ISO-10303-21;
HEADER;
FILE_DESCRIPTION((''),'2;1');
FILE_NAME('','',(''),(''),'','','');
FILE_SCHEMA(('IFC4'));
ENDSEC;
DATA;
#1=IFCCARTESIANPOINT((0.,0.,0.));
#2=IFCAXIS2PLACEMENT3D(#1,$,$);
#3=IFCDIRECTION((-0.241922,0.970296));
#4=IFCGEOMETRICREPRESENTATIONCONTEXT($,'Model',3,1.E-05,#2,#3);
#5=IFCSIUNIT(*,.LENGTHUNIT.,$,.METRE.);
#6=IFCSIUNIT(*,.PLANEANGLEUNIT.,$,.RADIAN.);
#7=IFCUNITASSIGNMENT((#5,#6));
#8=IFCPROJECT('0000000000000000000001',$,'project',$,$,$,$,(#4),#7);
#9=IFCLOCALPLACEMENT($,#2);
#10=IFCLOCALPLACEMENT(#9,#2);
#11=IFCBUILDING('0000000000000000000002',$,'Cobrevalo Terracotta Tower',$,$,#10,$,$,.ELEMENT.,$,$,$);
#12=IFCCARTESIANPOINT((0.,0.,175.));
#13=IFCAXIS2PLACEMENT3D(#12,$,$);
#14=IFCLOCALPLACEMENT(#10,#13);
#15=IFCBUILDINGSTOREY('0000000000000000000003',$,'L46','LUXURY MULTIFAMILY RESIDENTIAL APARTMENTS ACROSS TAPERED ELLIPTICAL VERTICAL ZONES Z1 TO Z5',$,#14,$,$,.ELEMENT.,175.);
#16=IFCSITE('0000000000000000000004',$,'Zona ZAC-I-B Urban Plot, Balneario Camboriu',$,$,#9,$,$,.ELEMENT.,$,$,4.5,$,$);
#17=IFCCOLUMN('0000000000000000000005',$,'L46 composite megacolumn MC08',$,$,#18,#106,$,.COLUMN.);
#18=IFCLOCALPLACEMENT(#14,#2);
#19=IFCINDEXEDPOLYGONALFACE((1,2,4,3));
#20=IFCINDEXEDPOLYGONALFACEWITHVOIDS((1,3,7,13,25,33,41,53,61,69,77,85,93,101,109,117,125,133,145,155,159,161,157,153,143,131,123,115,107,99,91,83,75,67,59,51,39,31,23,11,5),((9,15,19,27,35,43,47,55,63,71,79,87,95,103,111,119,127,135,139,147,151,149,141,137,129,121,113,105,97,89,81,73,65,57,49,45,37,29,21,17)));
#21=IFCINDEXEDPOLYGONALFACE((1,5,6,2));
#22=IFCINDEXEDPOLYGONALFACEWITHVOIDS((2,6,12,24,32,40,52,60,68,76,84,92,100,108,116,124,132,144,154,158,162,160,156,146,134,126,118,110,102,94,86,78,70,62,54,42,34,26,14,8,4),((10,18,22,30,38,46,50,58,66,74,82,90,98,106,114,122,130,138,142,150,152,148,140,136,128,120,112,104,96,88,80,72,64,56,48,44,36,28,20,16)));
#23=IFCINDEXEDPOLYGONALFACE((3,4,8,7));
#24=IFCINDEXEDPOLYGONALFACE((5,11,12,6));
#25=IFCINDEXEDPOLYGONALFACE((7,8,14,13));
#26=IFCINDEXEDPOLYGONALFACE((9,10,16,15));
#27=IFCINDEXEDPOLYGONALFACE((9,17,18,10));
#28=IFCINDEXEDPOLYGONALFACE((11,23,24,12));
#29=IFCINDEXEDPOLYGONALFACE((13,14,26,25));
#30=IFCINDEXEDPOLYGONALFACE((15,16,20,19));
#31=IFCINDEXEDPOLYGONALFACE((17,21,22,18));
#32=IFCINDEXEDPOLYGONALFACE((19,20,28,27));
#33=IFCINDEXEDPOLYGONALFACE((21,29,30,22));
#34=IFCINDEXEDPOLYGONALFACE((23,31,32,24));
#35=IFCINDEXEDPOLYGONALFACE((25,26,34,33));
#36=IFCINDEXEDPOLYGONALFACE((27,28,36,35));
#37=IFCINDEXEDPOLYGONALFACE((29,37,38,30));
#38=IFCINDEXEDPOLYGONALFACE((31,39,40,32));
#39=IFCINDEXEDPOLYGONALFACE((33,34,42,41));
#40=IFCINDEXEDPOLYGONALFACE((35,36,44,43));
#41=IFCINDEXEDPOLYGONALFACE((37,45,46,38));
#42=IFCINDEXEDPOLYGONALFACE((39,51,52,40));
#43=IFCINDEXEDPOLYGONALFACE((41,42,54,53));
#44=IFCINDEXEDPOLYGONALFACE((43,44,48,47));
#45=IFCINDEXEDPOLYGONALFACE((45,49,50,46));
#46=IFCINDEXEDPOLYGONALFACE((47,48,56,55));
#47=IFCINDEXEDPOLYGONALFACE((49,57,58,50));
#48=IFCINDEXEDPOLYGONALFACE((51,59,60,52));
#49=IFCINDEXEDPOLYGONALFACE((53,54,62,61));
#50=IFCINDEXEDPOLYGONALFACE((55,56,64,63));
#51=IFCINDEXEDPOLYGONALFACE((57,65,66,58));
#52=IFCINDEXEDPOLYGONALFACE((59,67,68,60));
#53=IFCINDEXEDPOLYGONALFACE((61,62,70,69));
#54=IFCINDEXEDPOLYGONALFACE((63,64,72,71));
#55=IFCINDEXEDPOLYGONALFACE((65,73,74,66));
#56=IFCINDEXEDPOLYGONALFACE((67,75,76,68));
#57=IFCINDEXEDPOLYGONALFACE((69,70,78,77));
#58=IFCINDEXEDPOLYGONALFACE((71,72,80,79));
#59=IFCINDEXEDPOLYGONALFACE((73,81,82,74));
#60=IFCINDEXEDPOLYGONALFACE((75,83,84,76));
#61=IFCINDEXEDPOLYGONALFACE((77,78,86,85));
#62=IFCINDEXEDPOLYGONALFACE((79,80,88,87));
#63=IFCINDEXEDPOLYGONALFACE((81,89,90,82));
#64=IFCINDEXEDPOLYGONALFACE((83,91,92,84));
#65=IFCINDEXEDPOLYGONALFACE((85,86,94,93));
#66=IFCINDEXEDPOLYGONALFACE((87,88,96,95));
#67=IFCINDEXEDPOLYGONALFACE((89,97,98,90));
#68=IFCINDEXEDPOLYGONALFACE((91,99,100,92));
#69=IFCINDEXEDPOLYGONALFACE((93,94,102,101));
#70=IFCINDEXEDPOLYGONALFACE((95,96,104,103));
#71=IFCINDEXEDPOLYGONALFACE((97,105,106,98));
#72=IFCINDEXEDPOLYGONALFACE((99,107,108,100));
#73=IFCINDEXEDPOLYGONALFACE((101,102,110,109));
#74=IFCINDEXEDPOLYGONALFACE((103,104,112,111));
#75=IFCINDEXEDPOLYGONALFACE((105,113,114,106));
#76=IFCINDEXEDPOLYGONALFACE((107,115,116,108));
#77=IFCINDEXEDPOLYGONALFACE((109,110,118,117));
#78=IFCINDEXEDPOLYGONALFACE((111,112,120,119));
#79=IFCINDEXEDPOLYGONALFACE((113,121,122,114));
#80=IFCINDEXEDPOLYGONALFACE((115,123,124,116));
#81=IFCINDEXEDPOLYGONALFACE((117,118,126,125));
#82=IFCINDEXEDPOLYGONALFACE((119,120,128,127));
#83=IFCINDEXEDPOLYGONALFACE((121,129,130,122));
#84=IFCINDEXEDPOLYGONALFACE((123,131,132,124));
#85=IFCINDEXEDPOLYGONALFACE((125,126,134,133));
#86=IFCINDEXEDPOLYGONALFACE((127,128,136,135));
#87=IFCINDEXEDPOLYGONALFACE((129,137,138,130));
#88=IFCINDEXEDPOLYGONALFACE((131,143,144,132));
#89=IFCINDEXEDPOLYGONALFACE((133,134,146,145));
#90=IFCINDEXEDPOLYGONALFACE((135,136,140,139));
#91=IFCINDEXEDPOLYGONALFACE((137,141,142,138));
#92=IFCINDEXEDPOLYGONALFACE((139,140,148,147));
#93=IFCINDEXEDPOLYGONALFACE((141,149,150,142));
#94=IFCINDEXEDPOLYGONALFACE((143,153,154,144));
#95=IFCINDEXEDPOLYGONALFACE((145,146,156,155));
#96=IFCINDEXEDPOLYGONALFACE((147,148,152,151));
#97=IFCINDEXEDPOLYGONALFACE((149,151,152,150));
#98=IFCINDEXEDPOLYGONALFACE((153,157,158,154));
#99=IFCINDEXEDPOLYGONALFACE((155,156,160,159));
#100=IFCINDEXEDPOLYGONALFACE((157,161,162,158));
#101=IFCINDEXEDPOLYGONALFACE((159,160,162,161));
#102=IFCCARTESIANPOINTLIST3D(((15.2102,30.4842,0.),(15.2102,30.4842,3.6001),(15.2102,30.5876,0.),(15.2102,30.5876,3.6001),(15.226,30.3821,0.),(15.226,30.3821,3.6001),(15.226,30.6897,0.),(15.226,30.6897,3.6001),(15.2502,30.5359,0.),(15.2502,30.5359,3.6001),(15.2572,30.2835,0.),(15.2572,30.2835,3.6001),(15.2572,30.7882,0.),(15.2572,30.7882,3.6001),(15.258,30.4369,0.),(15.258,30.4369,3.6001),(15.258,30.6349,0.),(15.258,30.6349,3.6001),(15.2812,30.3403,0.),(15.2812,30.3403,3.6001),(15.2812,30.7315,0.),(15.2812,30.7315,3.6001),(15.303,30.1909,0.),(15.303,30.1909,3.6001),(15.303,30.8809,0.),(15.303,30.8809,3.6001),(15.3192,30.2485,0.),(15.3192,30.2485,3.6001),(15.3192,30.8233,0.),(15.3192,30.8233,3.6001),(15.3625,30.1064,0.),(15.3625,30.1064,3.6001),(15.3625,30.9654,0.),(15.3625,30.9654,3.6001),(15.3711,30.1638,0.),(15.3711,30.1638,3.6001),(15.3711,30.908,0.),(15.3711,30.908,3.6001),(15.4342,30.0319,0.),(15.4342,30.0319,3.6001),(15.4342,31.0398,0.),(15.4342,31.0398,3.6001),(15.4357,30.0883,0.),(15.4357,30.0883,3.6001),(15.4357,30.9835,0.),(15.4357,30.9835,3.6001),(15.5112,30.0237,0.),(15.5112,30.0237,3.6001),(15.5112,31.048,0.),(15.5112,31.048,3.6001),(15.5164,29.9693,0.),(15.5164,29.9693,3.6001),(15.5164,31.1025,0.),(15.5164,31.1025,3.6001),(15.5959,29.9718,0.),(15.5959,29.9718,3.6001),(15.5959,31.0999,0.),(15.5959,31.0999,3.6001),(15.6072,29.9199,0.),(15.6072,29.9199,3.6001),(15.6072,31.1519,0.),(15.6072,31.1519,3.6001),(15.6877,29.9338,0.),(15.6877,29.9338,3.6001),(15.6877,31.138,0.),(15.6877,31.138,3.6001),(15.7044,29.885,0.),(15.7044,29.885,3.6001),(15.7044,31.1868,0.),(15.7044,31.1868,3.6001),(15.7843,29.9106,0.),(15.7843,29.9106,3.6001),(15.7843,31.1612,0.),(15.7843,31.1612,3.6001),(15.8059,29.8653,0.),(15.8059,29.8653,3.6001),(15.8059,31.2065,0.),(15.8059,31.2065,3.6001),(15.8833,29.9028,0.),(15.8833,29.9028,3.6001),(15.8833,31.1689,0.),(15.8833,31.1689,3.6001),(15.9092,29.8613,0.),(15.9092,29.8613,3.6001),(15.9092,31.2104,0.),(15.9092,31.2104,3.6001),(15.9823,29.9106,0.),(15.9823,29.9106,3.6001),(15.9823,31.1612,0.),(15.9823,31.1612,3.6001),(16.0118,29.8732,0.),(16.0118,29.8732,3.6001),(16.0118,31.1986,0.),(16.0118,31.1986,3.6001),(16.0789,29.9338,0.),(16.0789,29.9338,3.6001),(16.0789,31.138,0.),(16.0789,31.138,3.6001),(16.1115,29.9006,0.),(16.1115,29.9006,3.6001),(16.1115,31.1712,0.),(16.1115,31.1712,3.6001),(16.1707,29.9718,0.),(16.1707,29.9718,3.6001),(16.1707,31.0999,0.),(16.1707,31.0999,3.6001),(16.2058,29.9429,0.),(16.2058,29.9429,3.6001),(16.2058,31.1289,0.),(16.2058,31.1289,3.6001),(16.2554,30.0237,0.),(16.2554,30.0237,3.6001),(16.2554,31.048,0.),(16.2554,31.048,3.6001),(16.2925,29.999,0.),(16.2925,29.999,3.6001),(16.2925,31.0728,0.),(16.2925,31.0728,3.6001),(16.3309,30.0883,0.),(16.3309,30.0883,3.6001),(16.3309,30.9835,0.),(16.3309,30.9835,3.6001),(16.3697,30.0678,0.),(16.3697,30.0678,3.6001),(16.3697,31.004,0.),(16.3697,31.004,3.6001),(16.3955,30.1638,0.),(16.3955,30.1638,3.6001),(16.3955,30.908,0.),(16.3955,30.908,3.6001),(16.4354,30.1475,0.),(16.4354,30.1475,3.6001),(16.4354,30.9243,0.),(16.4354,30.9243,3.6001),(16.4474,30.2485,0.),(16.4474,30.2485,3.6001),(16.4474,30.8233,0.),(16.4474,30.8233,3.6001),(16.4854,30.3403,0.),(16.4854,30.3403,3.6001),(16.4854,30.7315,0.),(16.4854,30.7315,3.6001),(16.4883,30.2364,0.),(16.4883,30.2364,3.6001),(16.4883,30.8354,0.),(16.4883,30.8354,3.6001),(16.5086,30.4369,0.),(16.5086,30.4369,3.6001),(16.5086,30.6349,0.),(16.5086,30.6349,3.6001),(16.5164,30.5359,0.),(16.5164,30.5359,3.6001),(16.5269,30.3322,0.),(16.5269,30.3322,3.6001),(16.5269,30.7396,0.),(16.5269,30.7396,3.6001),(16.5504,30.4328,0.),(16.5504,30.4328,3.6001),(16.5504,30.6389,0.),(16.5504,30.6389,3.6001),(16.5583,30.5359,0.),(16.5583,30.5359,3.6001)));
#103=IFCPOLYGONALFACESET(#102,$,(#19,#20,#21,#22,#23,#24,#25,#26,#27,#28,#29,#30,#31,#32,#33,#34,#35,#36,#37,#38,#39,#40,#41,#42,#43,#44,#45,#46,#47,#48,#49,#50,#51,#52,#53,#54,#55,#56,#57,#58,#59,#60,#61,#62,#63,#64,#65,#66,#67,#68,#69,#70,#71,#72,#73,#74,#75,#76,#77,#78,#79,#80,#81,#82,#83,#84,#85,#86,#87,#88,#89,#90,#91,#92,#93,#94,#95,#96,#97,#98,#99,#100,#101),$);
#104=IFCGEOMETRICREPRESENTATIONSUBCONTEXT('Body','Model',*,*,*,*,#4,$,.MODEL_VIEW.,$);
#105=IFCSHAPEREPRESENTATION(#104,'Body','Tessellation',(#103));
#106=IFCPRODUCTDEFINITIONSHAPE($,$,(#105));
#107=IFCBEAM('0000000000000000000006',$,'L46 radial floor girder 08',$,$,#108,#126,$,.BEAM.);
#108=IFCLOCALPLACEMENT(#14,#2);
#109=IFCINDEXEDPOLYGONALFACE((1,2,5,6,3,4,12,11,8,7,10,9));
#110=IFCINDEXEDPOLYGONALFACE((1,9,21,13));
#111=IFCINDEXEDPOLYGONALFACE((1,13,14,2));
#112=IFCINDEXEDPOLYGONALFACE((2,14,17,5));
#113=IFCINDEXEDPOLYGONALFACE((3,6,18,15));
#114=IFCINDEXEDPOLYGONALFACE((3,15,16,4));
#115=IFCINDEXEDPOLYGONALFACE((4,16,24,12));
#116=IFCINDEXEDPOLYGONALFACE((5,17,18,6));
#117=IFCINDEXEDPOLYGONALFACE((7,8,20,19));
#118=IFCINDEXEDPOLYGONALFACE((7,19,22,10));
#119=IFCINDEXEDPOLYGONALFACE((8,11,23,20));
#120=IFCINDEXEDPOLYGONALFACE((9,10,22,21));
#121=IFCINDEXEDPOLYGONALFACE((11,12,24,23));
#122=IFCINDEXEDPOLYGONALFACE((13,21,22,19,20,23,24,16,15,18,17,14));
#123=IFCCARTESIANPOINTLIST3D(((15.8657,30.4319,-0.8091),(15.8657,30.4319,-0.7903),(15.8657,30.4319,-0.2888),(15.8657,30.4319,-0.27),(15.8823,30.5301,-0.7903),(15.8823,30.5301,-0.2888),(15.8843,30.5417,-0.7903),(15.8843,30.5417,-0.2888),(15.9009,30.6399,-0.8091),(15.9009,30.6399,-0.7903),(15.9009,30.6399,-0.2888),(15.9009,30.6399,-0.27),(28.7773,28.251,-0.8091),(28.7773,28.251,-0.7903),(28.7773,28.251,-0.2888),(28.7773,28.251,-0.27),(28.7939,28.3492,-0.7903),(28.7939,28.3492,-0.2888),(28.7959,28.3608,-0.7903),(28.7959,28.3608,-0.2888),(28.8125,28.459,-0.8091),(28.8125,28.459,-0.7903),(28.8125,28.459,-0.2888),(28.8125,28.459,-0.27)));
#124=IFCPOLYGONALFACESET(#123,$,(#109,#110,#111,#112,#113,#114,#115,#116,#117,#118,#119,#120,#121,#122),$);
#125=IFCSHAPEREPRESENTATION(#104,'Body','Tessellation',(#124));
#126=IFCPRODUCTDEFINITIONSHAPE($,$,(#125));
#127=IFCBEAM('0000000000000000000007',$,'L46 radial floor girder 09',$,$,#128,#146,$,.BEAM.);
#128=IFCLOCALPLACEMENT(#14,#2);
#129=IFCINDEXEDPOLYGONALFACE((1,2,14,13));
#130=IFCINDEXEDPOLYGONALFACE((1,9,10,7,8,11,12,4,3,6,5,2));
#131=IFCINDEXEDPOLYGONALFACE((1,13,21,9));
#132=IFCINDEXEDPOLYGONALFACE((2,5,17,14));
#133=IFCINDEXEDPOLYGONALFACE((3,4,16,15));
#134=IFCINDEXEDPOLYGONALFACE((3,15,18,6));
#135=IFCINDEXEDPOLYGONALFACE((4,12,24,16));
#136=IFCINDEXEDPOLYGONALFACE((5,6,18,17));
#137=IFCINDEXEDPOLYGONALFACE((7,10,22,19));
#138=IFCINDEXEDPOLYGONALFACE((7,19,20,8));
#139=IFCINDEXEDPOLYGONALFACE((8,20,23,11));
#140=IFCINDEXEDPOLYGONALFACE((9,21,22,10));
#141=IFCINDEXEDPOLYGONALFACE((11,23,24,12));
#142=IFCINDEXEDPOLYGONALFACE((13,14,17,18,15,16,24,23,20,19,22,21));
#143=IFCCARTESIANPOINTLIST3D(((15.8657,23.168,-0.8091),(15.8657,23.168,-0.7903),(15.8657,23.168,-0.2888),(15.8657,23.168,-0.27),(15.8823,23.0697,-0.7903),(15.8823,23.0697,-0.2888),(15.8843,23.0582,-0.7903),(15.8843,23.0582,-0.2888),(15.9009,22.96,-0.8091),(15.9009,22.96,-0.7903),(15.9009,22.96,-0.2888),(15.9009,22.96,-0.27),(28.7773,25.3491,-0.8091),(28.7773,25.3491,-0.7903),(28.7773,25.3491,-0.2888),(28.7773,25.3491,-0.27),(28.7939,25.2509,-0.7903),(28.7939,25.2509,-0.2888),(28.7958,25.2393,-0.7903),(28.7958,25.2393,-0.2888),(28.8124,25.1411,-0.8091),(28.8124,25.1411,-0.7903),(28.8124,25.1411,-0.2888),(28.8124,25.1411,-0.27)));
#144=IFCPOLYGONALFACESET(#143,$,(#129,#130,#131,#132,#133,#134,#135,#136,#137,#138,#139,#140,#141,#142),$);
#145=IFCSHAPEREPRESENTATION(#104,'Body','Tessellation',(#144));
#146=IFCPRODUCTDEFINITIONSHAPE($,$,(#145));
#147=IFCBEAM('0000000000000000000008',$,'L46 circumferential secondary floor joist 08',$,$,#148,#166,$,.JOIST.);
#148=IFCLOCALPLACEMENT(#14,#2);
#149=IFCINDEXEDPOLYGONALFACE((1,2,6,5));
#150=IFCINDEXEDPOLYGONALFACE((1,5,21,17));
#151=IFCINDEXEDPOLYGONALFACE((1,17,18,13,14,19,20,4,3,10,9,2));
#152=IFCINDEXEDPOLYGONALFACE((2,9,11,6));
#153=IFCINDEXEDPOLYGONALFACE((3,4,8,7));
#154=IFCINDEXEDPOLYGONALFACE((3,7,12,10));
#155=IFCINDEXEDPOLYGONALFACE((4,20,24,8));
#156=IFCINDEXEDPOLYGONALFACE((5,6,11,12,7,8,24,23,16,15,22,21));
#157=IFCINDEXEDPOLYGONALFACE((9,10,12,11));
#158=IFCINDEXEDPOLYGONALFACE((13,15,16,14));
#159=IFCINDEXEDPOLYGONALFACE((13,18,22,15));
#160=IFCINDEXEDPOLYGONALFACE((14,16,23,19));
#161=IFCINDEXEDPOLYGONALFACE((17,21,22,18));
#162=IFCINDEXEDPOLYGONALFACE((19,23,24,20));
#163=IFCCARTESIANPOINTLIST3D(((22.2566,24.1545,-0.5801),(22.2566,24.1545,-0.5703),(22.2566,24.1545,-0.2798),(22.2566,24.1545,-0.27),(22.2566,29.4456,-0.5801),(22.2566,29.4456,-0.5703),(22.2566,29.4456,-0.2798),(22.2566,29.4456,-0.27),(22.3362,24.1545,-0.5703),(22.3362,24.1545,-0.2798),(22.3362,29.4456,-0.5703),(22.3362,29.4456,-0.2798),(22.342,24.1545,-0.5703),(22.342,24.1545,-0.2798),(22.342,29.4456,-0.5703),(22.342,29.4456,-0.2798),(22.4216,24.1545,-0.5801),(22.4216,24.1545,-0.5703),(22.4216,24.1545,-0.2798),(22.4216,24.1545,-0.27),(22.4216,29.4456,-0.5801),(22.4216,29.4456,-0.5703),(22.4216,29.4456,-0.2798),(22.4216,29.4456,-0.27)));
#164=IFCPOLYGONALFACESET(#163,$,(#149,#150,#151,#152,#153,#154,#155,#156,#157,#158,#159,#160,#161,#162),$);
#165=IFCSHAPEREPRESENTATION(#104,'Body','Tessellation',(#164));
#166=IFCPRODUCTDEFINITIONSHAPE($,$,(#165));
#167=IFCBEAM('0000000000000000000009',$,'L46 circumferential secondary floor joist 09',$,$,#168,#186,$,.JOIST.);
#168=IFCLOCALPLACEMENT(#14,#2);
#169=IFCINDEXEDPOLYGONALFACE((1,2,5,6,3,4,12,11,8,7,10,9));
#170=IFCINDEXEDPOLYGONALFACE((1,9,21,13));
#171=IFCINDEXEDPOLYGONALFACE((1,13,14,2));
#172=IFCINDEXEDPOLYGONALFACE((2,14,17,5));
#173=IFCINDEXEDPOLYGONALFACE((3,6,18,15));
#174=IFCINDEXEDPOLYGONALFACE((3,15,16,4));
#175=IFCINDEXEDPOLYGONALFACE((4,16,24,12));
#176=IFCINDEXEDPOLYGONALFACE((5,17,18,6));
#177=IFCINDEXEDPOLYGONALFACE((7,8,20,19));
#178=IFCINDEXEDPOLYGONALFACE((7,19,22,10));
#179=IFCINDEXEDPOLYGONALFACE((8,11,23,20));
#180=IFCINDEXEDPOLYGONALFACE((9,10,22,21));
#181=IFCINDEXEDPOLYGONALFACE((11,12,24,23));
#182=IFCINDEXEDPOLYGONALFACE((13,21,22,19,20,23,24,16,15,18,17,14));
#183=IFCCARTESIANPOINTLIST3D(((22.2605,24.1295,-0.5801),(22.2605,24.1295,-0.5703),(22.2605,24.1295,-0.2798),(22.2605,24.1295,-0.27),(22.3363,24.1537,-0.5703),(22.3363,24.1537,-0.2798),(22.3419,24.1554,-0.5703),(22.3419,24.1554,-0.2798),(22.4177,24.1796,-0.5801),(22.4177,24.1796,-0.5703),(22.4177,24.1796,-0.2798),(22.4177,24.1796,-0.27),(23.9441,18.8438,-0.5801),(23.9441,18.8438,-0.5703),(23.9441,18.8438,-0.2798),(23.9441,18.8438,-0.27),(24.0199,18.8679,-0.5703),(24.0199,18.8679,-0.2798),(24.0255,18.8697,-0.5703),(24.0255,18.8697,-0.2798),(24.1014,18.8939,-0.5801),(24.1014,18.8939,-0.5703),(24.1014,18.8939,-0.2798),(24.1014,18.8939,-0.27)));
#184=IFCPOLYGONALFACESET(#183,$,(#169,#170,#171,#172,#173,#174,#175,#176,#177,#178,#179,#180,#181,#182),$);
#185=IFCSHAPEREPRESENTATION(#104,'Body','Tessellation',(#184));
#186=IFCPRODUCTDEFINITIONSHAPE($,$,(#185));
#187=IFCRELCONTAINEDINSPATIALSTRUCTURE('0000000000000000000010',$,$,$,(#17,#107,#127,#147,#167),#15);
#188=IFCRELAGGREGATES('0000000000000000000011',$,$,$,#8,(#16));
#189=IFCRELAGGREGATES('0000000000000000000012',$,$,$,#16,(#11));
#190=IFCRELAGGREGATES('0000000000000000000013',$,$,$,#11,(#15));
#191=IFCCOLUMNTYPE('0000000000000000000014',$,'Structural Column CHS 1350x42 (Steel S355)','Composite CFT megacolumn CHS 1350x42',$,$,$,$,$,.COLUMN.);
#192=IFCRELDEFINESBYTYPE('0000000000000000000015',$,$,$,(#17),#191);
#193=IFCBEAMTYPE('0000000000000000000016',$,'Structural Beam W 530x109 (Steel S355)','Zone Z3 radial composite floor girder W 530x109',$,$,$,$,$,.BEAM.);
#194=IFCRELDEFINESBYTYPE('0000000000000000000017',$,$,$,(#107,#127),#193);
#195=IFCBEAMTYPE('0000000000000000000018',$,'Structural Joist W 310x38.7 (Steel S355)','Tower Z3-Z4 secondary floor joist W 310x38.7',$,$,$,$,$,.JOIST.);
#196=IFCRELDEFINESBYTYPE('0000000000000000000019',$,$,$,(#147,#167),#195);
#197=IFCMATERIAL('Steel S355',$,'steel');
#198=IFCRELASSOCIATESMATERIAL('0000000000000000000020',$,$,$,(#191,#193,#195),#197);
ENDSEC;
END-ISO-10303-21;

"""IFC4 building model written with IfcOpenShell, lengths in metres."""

from ifc_helpers import new_model, si_unit, direction, frame, origin, origin_2d, place, context, subcontext, project, spatial, hollow_circle, i_section, extrude, material, material_profile, profile_set, type_object, element, save


model = new_model("IFC4")

# Units and contexts
model_context = context("Model", 3, precision=1e-05, world=origin(), true_north=direction((-0.241922, 0.970296)))
body_context = subcontext(model_context, "Body", "Model", "MODEL_VIEW")
ifc_project = project(units=[si_unit("LENGTHUNIT", "METRE"), si_unit("PLANEANGLEUNIT", "RADIAN")], contexts=[model_context])

# Site, building, storey
site_placement = place(None, origin())
site = spatial("IfcSite", under=ifc_project, at=site_placement, Name="Zona ZAC-I-B Urban Plot, Balneario Camboriu", CompositionType="ELEMENT", RefElevation=4.5)
building_placement = place(site_placement, origin())
building = spatial("IfcBuilding", under=site, at=building_placement, Name="Cobrevalo Terracotta Tower", CompositionType="ELEMENT")
storey_placement = place(building_placement, frame((0.0, 0.0, 175.0)))
storey = spatial("IfcBuildingStorey", under=building, at=storey_placement, Name="L46", Description="LUXURY MULTIFAMILY RESIDENTIAL APARTMENTS ACROSS TAPERED ELLIPTICAL VERTICAL ZONES Z1 TO Z5", CompositionType="ELEMENT", Elevation=175.0)

# Column
ifc_material_1 = material(Name="Steel S355", Category="steel")
ifc_material_profile_1 = material_profile(ifc_material_1, hollow_circle(Radius=0.675, WallThickness=0.042, at=origin_2d()), Name="CHS 1350x42")
ifc_profile_set_1 = profile_set([ifc_material_profile_1], Name="Steel S355")
column_type = type_object("IfcColumnType", Name="Structural Column CHS 1350x42 (Steel S355)", Description="Composite CFT megacolumn CHS 1350x42", PredefinedType="COLUMN", material=ifc_profile_set_1)
column_placement = place(storey_placement, frame((15.8833, 30.5359, 0.0), z_axis=(0.0, 0.0, 1.0), x_axis=(1.0, 0.0, 0.0)))
element("IfcColumn", 1, at=column_placement, inside=storey, type_object=column_type, Name="L46 composite megacolumn MC08", PredefinedType="COLUMN", context=body_context, shape_type="SweptSolid", body=[
    extrude(hollow_circle(Radius=0.675, WallThickness=0.042, at=origin_2d()), origin(), (0.0, 0.0, 1.0), 3.6001),
])

# Beams
ifc_material_profile_2 = material_profile(ifc_material_1, i_section(OverallWidth=0.2109, OverallDepth=0.5391, WebThickness=0.0117, FlangeThickness=0.0188, at=origin_2d()), Name="W 530x109")
ifc_profile_set_2 = profile_set([ifc_material_profile_2], Name="Steel S355")
beam_type_1 = type_object("IfcBeamType", Name="Structural Beam W 530x109 (Steel S355)", Description="Zone Z3 radial composite floor girder W 530x109", PredefinedType="BEAM", material=ifc_profile_set_2)
for number, where, z_axis, x_axis, name in (
    (2, (15.8833, 30.5359, -0.5396), (0.986033, -0.166551, 0.0), (0.166551, 0.986033, 0.0), "L46 radial floor girder 08"),
    (3, (15.8833, 23.064, -0.5396), (0.98603, 0.166569, 0.0), (-0.166569, 0.98603, 0.0), "L46 radial floor girder 09"),
):
    element("IfcBeam", number, at=place(storey_placement, frame(where, z_axis=z_axis, x_axis=x_axis)), inside=storey, type_object=beam_type_1, Name=name, PredefinedType="BEAM", context=body_context, shape_type="SweptSolid", body=[
        extrude(i_section(OverallWidth=0.2109, OverallDepth=0.5391, WebThickness=0.0117, FlangeThickness=0.0188, at=origin_2d()), origin(), (0.0, 0.0, 1.0), 13.0945),
    ])
ifc_material_profile_3 = material_profile(ifc_material_1, i_section(OverallWidth=0.165, OverallDepth=0.3101, WebThickness=0.0059, FlangeThickness=0.0098, at=origin_2d()), Name="W 310x38.7")
ifc_profile_set_3 = profile_set([ifc_material_profile_3], Name="Steel S355")
beam_type_2 = type_object("IfcBeamType", Name="Structural Joist W 310x38.7 (Steel S355)", Description="Tower Z3-Z4 secondary floor joist W 310x38.7", PredefinedType="JOIST", material=ifc_profile_set_3)
beam_1_placement = place(storey_placement, frame((22.3391, 29.4456, -0.425), z_axis=(0.0, -1.0, 0.0), x_axis=(1.0, 0.0, 0.0)))
element("IfcBeam", 4, at=beam_1_placement, inside=storey, type_object=beam_type_2, Name="L46 circumferential secondary floor joist 08", PredefinedType="JOIST", context=body_context, shape_type="SweptSolid", body=[
    extrude(i_section(OverallWidth=0.165, OverallDepth=0.3101, WebThickness=0.0059, FlangeThickness=0.0098, at=origin_2d()), origin(), (0.0, 0.0, 1.0), 5.291),
])
beam_2_placement = place(storey_placement, frame((22.3391, 24.1545, -0.425), z_axis=(0.303498, -0.952832, 0.0), x_axis=(0.952832, 0.303498, 0.0)))
element("IfcBeam", 5, at=beam_2_placement, inside=storey, type_object=beam_type_2, Name="L46 circumferential secondary floor joist 09", PredefinedType="JOIST", context=body_context, shape_type="SweptSolid", body=[
    extrude(i_section(OverallWidth=0.165, OverallDepth=0.3101, WebThickness=0.0059, FlangeThickness=0.0098, at=origin_2d()), origin(), (0.0, 0.0, 1.0), 5.5474),
])

save(model, "model.ifc")
